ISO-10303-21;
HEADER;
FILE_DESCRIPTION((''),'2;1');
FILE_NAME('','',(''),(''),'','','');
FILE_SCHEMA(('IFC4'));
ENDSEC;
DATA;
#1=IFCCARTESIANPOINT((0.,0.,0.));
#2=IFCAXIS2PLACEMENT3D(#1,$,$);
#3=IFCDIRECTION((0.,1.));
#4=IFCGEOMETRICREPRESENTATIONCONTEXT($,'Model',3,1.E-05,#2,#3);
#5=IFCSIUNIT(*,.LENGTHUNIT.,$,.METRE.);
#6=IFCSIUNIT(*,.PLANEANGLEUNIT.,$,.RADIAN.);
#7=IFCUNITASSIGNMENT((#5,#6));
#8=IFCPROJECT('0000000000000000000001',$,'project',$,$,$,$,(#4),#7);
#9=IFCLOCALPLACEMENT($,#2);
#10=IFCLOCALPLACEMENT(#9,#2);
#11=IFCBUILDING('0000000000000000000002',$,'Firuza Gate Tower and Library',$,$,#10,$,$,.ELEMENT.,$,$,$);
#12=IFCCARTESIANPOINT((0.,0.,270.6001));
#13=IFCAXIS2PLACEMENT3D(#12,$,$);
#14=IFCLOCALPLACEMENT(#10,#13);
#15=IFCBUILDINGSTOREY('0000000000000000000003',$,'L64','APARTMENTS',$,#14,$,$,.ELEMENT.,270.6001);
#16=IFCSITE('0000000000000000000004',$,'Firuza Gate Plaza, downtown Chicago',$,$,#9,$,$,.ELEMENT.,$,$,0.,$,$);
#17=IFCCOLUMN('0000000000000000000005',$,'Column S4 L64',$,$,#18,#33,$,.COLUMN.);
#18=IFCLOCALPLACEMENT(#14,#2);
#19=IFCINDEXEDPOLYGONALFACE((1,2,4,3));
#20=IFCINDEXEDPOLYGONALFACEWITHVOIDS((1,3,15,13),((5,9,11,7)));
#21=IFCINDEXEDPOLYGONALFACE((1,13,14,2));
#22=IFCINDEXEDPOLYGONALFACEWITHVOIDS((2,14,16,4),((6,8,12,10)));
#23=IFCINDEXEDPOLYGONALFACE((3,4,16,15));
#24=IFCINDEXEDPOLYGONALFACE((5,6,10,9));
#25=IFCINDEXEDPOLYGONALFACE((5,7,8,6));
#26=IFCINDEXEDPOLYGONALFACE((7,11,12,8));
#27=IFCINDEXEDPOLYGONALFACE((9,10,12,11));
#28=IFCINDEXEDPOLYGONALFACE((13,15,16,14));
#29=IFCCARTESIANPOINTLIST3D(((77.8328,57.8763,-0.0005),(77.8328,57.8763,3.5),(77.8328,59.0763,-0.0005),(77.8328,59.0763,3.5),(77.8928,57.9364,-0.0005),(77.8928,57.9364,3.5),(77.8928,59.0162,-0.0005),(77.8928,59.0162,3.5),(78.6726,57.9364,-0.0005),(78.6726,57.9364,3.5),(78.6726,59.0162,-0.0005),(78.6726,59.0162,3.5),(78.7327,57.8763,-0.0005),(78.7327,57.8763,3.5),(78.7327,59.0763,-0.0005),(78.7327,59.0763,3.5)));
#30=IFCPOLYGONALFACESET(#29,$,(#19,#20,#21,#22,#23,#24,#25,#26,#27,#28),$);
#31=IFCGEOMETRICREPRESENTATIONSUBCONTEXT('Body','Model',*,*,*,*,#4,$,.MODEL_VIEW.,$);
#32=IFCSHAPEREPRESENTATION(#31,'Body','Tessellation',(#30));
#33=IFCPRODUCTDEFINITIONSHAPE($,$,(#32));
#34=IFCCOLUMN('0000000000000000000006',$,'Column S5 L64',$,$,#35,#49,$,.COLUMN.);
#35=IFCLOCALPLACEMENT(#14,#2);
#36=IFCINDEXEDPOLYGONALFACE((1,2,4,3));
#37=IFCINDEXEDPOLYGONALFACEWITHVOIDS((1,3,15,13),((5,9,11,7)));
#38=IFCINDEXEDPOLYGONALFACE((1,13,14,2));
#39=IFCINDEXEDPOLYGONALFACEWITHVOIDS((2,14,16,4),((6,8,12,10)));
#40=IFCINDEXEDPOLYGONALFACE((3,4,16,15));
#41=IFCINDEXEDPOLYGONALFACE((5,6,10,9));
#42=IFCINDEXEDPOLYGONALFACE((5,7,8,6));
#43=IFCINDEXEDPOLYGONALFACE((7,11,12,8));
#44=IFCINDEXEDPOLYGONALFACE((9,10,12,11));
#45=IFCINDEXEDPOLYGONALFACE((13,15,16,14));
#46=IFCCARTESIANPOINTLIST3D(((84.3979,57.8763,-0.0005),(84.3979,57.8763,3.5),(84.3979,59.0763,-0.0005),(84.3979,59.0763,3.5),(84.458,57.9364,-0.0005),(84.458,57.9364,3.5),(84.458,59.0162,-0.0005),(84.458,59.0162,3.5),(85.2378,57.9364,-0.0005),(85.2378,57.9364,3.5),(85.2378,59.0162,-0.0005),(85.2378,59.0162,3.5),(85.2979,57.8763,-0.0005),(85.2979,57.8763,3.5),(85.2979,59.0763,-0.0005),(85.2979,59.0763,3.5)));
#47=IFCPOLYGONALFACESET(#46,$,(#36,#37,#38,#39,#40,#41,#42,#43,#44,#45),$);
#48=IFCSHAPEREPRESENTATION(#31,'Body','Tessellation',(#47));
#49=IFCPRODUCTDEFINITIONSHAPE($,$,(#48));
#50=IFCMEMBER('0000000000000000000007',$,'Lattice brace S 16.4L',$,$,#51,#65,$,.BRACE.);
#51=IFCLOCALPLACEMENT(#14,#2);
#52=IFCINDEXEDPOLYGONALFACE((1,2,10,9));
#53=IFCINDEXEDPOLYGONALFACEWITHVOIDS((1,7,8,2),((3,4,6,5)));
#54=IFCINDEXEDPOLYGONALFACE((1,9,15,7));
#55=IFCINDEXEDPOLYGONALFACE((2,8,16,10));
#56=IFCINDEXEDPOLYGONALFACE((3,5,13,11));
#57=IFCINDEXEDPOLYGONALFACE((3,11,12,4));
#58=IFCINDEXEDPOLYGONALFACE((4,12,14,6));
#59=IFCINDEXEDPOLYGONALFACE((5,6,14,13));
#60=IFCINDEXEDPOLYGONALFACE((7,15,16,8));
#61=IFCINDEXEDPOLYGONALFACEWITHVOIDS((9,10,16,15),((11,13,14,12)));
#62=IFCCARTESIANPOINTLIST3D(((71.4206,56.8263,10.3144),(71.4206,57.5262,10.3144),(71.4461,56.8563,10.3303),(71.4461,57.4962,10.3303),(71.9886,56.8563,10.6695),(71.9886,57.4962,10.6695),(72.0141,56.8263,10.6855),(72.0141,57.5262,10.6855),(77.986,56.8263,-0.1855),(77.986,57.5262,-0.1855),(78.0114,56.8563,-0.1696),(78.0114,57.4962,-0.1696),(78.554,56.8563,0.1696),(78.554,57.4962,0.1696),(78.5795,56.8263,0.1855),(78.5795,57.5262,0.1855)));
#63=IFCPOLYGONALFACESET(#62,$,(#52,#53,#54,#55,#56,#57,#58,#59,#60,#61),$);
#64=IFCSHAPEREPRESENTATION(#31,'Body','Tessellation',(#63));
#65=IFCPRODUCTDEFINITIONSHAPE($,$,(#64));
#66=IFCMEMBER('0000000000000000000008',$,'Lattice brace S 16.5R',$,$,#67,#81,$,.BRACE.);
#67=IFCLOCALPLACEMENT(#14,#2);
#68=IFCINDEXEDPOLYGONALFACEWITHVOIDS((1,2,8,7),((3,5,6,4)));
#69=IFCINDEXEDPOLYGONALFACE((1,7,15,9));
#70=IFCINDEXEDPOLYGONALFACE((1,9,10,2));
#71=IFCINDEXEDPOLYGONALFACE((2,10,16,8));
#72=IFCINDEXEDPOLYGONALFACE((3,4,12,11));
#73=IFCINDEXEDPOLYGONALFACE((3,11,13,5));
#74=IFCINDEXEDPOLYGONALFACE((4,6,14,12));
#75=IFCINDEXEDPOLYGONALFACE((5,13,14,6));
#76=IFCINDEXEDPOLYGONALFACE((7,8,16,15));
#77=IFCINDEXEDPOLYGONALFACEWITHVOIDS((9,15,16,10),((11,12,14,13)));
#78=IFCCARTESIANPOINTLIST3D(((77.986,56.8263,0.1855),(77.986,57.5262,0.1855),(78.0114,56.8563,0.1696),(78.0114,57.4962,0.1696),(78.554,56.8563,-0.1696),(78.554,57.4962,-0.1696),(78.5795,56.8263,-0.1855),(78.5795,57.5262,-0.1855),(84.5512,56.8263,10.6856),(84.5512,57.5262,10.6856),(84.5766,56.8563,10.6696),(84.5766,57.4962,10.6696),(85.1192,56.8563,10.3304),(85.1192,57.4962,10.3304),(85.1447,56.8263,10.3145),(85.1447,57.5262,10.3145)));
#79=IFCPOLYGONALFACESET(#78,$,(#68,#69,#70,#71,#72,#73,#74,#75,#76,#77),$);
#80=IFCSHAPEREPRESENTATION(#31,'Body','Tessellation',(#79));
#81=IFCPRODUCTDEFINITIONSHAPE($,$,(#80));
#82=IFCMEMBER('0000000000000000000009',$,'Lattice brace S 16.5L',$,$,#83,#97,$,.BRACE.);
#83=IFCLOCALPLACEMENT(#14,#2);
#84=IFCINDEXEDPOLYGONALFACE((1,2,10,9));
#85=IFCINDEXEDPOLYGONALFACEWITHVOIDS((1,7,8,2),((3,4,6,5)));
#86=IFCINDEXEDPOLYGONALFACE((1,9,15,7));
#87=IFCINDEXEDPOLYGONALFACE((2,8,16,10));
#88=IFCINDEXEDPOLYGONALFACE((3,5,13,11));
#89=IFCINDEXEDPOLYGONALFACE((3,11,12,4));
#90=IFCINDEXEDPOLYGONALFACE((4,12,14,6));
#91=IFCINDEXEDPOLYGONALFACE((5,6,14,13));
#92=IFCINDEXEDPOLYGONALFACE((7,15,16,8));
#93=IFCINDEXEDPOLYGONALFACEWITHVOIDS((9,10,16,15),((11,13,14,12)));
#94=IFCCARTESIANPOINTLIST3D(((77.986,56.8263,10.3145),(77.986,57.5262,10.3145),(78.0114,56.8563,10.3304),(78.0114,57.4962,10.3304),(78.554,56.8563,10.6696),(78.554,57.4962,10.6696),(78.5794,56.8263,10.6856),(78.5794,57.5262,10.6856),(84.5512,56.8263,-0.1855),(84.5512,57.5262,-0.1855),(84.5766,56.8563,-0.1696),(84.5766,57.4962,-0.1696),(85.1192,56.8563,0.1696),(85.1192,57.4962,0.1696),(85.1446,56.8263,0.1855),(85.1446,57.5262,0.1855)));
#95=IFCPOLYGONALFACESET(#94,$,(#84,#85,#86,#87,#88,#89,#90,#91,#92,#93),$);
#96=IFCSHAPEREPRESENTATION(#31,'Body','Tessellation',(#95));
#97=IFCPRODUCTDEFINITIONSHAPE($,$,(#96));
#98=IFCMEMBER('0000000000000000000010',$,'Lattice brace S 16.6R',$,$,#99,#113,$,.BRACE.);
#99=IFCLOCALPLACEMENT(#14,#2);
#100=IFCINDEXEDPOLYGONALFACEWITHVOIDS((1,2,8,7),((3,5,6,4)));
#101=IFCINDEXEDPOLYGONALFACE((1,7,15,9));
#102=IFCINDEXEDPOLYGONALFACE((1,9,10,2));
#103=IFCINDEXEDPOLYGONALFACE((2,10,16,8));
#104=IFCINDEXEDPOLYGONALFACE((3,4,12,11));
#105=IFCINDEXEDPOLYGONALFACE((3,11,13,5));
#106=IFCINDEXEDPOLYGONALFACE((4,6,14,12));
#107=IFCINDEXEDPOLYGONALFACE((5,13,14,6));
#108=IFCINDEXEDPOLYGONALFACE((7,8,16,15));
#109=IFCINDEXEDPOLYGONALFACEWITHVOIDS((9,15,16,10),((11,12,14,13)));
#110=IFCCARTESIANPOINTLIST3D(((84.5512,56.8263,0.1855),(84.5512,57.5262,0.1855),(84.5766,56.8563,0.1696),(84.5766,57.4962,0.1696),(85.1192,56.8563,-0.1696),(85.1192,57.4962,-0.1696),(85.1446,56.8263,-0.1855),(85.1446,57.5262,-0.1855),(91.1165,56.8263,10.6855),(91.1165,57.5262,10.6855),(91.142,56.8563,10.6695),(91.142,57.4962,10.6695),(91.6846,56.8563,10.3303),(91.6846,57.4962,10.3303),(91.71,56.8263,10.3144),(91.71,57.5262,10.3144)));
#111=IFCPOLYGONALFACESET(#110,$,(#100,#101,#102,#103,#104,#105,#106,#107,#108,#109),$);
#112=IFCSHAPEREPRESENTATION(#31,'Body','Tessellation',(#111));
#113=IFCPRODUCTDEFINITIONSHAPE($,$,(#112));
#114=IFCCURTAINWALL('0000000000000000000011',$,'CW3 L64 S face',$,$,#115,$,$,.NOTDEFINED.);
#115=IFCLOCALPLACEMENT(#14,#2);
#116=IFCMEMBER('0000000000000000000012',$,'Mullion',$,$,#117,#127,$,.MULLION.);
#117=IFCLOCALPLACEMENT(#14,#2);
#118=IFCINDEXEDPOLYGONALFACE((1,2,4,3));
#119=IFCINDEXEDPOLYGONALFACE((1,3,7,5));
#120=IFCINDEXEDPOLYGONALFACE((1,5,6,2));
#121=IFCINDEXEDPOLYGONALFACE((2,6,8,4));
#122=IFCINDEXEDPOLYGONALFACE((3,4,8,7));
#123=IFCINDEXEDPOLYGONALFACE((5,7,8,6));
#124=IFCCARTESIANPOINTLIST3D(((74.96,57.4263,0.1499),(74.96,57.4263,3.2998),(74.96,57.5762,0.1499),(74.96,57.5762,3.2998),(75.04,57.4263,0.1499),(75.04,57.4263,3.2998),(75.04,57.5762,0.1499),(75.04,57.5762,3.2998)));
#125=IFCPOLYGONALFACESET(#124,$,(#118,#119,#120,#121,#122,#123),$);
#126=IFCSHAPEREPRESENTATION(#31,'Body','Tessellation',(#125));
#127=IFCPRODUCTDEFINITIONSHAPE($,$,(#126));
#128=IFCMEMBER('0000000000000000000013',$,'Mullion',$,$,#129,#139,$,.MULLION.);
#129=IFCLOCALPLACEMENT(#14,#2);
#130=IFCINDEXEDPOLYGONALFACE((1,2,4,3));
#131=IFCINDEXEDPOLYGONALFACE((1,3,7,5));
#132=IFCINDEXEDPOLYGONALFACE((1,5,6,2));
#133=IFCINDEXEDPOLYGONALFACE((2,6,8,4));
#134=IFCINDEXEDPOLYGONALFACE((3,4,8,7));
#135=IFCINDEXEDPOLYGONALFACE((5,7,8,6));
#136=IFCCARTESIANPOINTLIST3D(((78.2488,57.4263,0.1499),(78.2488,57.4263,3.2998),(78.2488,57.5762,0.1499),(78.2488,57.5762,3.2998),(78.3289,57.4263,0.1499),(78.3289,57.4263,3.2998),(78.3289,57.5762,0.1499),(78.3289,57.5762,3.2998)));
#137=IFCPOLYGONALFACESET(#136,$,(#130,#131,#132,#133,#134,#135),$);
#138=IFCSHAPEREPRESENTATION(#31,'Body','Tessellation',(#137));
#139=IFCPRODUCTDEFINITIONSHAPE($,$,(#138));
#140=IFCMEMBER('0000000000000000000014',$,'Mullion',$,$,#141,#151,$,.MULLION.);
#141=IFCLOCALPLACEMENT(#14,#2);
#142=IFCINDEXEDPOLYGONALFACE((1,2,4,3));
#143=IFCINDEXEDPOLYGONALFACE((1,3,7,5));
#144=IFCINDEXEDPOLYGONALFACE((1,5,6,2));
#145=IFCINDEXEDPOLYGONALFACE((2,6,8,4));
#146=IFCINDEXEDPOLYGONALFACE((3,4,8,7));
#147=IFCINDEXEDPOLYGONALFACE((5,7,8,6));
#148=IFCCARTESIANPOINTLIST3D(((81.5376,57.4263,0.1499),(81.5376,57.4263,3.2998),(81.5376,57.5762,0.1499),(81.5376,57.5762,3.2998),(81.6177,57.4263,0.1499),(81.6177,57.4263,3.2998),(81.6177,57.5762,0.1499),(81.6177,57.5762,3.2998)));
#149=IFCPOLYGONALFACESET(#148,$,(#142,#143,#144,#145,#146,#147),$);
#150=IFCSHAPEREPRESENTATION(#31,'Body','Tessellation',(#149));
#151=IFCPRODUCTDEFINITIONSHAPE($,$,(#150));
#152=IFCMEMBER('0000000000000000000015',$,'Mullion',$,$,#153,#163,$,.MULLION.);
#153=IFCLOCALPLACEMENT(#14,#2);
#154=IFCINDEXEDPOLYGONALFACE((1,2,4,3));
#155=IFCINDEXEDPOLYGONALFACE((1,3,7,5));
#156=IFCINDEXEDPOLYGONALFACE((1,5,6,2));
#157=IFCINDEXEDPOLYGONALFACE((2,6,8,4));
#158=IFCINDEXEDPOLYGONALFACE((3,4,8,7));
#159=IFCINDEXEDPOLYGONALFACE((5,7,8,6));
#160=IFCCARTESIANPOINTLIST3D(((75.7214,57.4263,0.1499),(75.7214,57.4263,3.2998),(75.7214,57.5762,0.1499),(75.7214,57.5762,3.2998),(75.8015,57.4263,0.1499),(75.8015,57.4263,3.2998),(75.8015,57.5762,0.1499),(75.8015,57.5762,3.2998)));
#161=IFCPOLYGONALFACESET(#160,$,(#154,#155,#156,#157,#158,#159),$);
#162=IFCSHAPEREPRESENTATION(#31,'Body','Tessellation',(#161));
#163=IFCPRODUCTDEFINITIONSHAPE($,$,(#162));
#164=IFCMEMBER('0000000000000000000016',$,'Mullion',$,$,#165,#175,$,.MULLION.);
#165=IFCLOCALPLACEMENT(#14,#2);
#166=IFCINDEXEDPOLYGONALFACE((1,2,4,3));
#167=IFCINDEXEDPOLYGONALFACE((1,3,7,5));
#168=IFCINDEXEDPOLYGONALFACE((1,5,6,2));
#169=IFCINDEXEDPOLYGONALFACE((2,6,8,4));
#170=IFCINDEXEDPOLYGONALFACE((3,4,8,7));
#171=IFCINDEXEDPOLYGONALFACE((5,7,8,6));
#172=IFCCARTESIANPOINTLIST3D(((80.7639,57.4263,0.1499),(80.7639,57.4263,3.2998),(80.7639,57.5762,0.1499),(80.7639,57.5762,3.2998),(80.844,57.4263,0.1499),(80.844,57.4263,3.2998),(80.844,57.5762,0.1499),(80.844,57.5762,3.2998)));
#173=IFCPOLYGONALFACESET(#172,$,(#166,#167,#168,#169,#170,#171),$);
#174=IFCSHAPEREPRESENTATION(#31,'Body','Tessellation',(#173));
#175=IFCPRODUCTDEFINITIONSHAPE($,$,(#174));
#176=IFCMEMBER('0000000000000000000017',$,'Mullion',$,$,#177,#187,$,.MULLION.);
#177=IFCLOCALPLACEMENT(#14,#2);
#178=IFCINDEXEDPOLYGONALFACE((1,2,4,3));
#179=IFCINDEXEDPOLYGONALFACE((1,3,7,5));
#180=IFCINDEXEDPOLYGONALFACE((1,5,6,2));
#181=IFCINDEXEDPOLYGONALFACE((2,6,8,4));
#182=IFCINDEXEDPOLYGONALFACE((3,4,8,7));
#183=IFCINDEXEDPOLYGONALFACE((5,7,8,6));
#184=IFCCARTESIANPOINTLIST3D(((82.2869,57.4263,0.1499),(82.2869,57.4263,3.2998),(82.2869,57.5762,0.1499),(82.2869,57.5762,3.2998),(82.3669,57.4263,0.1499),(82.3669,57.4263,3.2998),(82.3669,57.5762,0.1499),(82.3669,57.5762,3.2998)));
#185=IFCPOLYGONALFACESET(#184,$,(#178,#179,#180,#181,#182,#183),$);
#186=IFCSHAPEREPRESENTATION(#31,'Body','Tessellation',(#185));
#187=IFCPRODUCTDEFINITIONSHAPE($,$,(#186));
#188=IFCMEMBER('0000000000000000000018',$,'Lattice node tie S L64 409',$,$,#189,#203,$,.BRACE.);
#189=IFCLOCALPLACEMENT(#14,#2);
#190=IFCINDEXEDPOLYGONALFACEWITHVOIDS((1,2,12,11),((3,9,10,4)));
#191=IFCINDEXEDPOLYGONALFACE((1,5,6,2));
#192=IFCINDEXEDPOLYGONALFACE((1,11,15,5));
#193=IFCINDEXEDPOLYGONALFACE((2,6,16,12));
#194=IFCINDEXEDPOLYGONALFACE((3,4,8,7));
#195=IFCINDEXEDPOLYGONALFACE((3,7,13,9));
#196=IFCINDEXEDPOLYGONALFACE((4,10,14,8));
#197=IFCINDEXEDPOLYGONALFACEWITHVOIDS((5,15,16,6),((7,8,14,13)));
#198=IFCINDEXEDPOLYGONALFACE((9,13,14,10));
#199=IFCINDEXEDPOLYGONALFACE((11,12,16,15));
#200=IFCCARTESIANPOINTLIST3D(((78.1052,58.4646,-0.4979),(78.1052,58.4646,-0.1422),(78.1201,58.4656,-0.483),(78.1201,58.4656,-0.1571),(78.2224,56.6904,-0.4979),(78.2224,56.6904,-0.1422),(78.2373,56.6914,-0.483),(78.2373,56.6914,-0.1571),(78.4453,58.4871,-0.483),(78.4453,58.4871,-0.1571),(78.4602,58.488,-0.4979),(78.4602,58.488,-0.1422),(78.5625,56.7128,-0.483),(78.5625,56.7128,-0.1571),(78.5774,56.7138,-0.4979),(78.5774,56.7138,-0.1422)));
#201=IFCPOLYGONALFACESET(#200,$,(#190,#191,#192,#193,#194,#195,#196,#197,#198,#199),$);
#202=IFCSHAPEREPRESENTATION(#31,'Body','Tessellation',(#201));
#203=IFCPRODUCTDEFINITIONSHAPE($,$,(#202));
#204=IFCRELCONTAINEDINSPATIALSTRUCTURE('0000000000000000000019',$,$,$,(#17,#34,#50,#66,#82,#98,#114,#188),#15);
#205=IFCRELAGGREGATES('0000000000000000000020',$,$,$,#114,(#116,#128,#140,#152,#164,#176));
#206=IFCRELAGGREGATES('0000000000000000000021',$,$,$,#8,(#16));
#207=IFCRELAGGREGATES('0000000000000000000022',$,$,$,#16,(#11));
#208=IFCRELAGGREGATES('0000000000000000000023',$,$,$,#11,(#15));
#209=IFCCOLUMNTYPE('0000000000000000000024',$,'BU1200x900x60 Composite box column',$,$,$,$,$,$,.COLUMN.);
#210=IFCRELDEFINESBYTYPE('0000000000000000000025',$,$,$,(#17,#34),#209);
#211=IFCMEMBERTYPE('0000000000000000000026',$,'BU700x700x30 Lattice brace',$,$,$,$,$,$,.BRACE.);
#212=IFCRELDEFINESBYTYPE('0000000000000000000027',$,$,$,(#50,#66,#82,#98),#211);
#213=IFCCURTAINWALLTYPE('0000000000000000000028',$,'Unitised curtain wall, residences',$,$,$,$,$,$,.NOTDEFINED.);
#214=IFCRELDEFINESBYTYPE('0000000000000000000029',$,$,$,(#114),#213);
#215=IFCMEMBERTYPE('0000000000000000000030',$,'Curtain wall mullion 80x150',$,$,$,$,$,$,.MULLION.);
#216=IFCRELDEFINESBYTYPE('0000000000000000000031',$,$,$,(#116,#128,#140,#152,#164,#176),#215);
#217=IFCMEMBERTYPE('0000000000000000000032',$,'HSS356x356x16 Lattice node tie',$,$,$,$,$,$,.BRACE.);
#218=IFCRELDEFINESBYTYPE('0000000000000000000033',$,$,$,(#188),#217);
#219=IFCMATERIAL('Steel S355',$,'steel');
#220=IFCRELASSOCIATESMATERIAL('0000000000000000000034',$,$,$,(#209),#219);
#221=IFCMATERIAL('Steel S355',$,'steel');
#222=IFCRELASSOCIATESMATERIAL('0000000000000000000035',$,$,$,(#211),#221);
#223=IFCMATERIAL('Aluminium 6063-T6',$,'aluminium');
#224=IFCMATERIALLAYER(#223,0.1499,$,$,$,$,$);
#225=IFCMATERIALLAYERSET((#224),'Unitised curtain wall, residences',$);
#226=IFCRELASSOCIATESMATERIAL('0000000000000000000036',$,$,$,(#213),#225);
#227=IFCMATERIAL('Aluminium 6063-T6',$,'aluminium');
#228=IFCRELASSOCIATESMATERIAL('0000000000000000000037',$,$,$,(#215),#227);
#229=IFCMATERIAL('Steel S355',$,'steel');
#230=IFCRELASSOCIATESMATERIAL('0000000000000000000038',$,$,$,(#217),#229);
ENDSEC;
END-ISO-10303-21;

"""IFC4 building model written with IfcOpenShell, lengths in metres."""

from ifc_helpers import new_model, si_unit, direction, frame, origin, origin_2d, place, context, subcontext, project, spatial, rectangle, hollow_rectangle, extrude, material, layer, layer_set, material_profile, profile_set, type_object, element, aggregate, save


model = new_model("IFC4")

# Units and contexts
model_context = context("Model", 3, precision=1e-05, world=origin(), true_north=direction((0.0, 1.0)))
body_context = subcontext(model_context, "Body", "Model", "MODEL_VIEW")
ifc_project = project(units=[si_unit("LENGTHUNIT", "METRE"), si_unit("PLANEANGLEUNIT", "RADIAN")], contexts=[model_context])

# Site, building, storey
site_placement = place(None, origin())
site = spatial("IfcSite", under=ifc_project, at=site_placement, Name="Firuza Gate Plaza, downtown Chicago", CompositionType="ELEMENT", RefElevation=0.0)
building_placement = place(site_placement, origin())
building = spatial("IfcBuilding", under=site, at=building_placement, Name="Firuza Gate Tower and Library", CompositionType="ELEMENT")
storey_placement = place(building_placement, frame((0.0, 0.0, 270.6001)))
storey = spatial("IfcBuildingStorey", under=building, at=storey_placement, Name="L64", Description="APARTMENTS", CompositionType="ELEMENT", Elevation=270.6001)

# Columns
ifc_material_1 = material(Name="Steel S355", Category="steel")
ifc_material_profile_1 = material_profile(ifc_material_1, hollow_rectangle(XDim=0.8999, YDim=1.2, WallThickness=0.0601, at=origin_2d()))
ifc_profile_set_1 = profile_set([ifc_material_profile_1], Name="Steel S355")
column_type = type_object("IfcColumnType", Name="BU1200x900x60 Composite box column", PredefinedType="COLUMN", material=ifc_profile_set_1)
for number, where, z_axis, x_axis, name in (
    (1, (78.2827, 58.4763, -0.0005), (0.0, 0.0, 1.0), (1.0, 0.0, 0.0), "Column S4 L64"),
    (2, (84.8479, 58.4763, -0.0005), (0.0, 0.0, 1.0), (1.0, 0.0, 0.0), "Column S5 L64"),
):
    element("IfcColumn", number, at=place(storey_placement, frame(where, z_axis=z_axis, x_axis=x_axis)), inside=storey, type_object=column_type, Name=name, PredefinedType="COLUMN", context=body_context, shape_type="SweptSolid", body=[
        extrude(hollow_rectangle(XDim=0.8999, YDim=1.2, WallThickness=0.0601, at=origin_2d()), origin(), (0.0, 0.0, 1.0), 3.5005),
    ])

# Members
ifc_material_2 = material(Name="Steel S355", Category="steel")
ifc_material_profile_2 = material_profile(ifc_material_2, hollow_rectangle(XDim=0.7, YDim=0.7, WallThickness=0.03, at=origin_2d()))
ifc_profile_set_2 = profile_set([ifc_material_profile_2], Name="Steel S355")
member_type_1 = type_object("IfcMemberType", Name="BU700x700x30 Lattice brace", PredefinedType="BRACE", material=ifc_profile_set_2)
for number, where, z_axis, x_axis, name in (
    (3, (78.2827, 57.1763, 0.0), (-0.530169, 0.0, 0.847892), (0.0, -1.0, 0.0), "Lattice brace S 16.4L"),
    (4, (78.2827, 57.1763, 0.0), (0.530155, 0.0, 0.847901), (0.0, 1.0, 0.0), "Lattice brace S 16.5R"),
    (5, (84.8479, 57.1763, 0.0), (-0.530155, 0.0, 0.847901), (0.0, -1.0, 0.0), "Lattice brace S 16.5L"),
    (6, (84.8479, 57.1763, 0.0), (0.530169, 0.0, 0.847892), (0.0, 1.0, 0.0), "Lattice brace S 16.6R"),
):
    element("IfcMember", number, at=place(storey_placement, frame(where, z_axis=z_axis, x_axis=x_axis)), inside=storey, type_object=member_type_1, Name=name, PredefinedType="BRACE", context=body_context, shape_type="SweptSolid", body=[
        extrude(hollow_rectangle(XDim=0.7, YDim=0.7, WallThickness=0.03, at=origin_2d()), origin(), (0.0, 0.0, 1.0), 12.3835),
    ])

# Curtain wall, members
ifc_material_3 = material(Name="Aluminium 6063-T6", Category="aluminium")
ifc_layer_1 = layer(ifc_material_3, 0.1499)
ifc_layer_set_1 = layer_set([ifc_layer_1], Name="Unitised curtain wall, residences")
curtain_wall_type = type_object("IfcCurtainWallType", Name="Unitised curtain wall, residences", PredefinedType="NOTDEFINED", material=ifc_layer_set_1)
curtain_wall_placement = place(storey_placement, origin())
curtain_wall = element("IfcCurtainWall", 7, at=curtain_wall_placement, inside=storey, type_object=curtain_wall_type, Name="CW3 L64 S face", PredefinedType="NOTDEFINED")
ifc_material_4 = material(Name="Aluminium 6063-T6", Category="aluminium")
ifc_material_profile_3 = material_profile(ifc_material_4, rectangle(XDim=0.1499, YDim=0.0801, at=origin_2d()))
ifc_profile_set_3 = profile_set([ifc_material_profile_3], Name="Aluminium 6063-T6")
member_type_2 = type_object("IfcMemberType", Name="Curtain wall mullion 80x150", PredefinedType="MULLION", material=ifc_profile_set_3)
member_1_placement = place(storey_placement, frame((75.0, 57.5012, 0.1499), z_axis=(0.0, 0.0, 1.0), x_axis=(0.0, 1.0, 0.0)))
member_1 = element("IfcMember", 8, at=member_1_placement, type_object=member_type_2, Name="Mullion", PredefinedType="MULLION", context=body_context, shape_type="SweptSolid", body=[
    extrude(rectangle(XDim=0.1499, YDim=0.0801, at=origin_2d()), origin(), (0.0, 0.0, 1.0), 3.1499),
])
member_2_placement = place(storey_placement, frame((78.2888, 57.5012, 0.1499), z_axis=(0.0, 0.0, 1.0), x_axis=(0.0, 1.0, 0.0)))
member_2 = element("IfcMember", 9, at=member_2_placement, type_object=member_type_2, Name="Mullion", PredefinedType="MULLION", context=body_context, shape_type="SweptSolid", body=[
    extrude(rectangle(XDim=0.1499, YDim=0.0801, at=origin_2d()), origin(), (0.0, 0.0, 1.0), 3.1499),
])
member_3_placement = place(storey_placement, frame((81.5776, 57.5012, 0.1499), z_axis=(0.0, 0.0, 1.0), x_axis=(0.0, 1.0, 0.0)))
member_3 = element("IfcMember", 10, at=member_3_placement, type_object=member_type_2, Name="Mullion", PredefinedType="MULLION", context=body_context, shape_type="SweptSolid", body=[
    extrude(rectangle(XDim=0.1499, YDim=0.0801, at=origin_2d()), origin(), (0.0, 0.0, 1.0), 3.1499),
])
member_4_placement = place(storey_placement, frame((75.7615, 57.5012, 0.1499), z_axis=(0.0, 0.0, 1.0), x_axis=(0.0, 1.0, 0.0)))
member_4 = element("IfcMember", 11, at=member_4_placement, type_object=member_type_2, Name="Mullion", PredefinedType="MULLION", context=body_context, shape_type="SweptSolid", body=[
    extrude(rectangle(XDim=0.1499, YDim=0.0801, at=origin_2d()), origin(), (0.0, 0.0, 1.0), 3.1499),
])
member_5_placement = place(storey_placement, frame((80.804, 57.5012, 0.1499), z_axis=(0.0, 0.0, 1.0), x_axis=(0.0, 1.0, 0.0)))
member_5 = element("IfcMember", 12, at=member_5_placement, type_object=member_type_2, Name="Mullion", PredefinedType="MULLION", context=body_context, shape_type="SweptSolid", body=[
    extrude(rectangle(XDim=0.1499, YDim=0.0801, at=origin_2d()), origin(), (0.0, 0.0, 1.0), 3.1499),
])
member_6_placement = place(storey_placement, frame((82.3269, 57.5012, 0.1499), z_axis=(0.0, 0.0, 1.0), x_axis=(0.0, 1.0, 0.0)))
member_6 = element("IfcMember", 13, at=member_6_placement, type_object=member_type_2, Name="Mullion", PredefinedType="MULLION", context=body_context, shape_type="SweptSolid", body=[
    extrude(rectangle(XDim=0.1499, YDim=0.0801, at=origin_2d()), origin(), (0.0, 0.0, 1.0), 3.1499),
])

# Member
ifc_material_5 = material(Name="Steel S355", Category="steel")
ifc_material_profile_4 = material_profile(ifc_material_5, hollow_rectangle(XDim=0.3557, YDim=0.3557, WallThickness=0.0149, at=origin_2d()))
ifc_profile_set_4 = profile_set([ifc_material_profile_4], Name="Steel S355")
member_type_3 = type_object("IfcMemberType", Name="HSS356x356x16 Lattice node tie", PredefinedType="BRACE", material=ifc_profile_set_4)
member_7_placement = place(storey_placement, frame((78.2827, 58.4763, -0.3201), z_axis=(0.065908, -0.997826, 0.0), x_axis=(0.997826, 0.065908, 0.0)))
element("IfcMember", 14, at=member_7_placement, inside=storey, type_object=member_type_3, Name="Lattice node tie S L64 409", PredefinedType="BRACE", context=body_context, shape_type="SweptSolid", body=[
    extrude(hollow_rectangle(XDim=0.3557, YDim=0.3557, WallThickness=0.0149, at=origin_2d()), origin(), (0.0, 0.0, 1.0), 1.7781),
])

aggregate(curtain_wall, [member_1, member_2, member_3, member_4, member_5, member_6])

save(model, "model.ifc")
